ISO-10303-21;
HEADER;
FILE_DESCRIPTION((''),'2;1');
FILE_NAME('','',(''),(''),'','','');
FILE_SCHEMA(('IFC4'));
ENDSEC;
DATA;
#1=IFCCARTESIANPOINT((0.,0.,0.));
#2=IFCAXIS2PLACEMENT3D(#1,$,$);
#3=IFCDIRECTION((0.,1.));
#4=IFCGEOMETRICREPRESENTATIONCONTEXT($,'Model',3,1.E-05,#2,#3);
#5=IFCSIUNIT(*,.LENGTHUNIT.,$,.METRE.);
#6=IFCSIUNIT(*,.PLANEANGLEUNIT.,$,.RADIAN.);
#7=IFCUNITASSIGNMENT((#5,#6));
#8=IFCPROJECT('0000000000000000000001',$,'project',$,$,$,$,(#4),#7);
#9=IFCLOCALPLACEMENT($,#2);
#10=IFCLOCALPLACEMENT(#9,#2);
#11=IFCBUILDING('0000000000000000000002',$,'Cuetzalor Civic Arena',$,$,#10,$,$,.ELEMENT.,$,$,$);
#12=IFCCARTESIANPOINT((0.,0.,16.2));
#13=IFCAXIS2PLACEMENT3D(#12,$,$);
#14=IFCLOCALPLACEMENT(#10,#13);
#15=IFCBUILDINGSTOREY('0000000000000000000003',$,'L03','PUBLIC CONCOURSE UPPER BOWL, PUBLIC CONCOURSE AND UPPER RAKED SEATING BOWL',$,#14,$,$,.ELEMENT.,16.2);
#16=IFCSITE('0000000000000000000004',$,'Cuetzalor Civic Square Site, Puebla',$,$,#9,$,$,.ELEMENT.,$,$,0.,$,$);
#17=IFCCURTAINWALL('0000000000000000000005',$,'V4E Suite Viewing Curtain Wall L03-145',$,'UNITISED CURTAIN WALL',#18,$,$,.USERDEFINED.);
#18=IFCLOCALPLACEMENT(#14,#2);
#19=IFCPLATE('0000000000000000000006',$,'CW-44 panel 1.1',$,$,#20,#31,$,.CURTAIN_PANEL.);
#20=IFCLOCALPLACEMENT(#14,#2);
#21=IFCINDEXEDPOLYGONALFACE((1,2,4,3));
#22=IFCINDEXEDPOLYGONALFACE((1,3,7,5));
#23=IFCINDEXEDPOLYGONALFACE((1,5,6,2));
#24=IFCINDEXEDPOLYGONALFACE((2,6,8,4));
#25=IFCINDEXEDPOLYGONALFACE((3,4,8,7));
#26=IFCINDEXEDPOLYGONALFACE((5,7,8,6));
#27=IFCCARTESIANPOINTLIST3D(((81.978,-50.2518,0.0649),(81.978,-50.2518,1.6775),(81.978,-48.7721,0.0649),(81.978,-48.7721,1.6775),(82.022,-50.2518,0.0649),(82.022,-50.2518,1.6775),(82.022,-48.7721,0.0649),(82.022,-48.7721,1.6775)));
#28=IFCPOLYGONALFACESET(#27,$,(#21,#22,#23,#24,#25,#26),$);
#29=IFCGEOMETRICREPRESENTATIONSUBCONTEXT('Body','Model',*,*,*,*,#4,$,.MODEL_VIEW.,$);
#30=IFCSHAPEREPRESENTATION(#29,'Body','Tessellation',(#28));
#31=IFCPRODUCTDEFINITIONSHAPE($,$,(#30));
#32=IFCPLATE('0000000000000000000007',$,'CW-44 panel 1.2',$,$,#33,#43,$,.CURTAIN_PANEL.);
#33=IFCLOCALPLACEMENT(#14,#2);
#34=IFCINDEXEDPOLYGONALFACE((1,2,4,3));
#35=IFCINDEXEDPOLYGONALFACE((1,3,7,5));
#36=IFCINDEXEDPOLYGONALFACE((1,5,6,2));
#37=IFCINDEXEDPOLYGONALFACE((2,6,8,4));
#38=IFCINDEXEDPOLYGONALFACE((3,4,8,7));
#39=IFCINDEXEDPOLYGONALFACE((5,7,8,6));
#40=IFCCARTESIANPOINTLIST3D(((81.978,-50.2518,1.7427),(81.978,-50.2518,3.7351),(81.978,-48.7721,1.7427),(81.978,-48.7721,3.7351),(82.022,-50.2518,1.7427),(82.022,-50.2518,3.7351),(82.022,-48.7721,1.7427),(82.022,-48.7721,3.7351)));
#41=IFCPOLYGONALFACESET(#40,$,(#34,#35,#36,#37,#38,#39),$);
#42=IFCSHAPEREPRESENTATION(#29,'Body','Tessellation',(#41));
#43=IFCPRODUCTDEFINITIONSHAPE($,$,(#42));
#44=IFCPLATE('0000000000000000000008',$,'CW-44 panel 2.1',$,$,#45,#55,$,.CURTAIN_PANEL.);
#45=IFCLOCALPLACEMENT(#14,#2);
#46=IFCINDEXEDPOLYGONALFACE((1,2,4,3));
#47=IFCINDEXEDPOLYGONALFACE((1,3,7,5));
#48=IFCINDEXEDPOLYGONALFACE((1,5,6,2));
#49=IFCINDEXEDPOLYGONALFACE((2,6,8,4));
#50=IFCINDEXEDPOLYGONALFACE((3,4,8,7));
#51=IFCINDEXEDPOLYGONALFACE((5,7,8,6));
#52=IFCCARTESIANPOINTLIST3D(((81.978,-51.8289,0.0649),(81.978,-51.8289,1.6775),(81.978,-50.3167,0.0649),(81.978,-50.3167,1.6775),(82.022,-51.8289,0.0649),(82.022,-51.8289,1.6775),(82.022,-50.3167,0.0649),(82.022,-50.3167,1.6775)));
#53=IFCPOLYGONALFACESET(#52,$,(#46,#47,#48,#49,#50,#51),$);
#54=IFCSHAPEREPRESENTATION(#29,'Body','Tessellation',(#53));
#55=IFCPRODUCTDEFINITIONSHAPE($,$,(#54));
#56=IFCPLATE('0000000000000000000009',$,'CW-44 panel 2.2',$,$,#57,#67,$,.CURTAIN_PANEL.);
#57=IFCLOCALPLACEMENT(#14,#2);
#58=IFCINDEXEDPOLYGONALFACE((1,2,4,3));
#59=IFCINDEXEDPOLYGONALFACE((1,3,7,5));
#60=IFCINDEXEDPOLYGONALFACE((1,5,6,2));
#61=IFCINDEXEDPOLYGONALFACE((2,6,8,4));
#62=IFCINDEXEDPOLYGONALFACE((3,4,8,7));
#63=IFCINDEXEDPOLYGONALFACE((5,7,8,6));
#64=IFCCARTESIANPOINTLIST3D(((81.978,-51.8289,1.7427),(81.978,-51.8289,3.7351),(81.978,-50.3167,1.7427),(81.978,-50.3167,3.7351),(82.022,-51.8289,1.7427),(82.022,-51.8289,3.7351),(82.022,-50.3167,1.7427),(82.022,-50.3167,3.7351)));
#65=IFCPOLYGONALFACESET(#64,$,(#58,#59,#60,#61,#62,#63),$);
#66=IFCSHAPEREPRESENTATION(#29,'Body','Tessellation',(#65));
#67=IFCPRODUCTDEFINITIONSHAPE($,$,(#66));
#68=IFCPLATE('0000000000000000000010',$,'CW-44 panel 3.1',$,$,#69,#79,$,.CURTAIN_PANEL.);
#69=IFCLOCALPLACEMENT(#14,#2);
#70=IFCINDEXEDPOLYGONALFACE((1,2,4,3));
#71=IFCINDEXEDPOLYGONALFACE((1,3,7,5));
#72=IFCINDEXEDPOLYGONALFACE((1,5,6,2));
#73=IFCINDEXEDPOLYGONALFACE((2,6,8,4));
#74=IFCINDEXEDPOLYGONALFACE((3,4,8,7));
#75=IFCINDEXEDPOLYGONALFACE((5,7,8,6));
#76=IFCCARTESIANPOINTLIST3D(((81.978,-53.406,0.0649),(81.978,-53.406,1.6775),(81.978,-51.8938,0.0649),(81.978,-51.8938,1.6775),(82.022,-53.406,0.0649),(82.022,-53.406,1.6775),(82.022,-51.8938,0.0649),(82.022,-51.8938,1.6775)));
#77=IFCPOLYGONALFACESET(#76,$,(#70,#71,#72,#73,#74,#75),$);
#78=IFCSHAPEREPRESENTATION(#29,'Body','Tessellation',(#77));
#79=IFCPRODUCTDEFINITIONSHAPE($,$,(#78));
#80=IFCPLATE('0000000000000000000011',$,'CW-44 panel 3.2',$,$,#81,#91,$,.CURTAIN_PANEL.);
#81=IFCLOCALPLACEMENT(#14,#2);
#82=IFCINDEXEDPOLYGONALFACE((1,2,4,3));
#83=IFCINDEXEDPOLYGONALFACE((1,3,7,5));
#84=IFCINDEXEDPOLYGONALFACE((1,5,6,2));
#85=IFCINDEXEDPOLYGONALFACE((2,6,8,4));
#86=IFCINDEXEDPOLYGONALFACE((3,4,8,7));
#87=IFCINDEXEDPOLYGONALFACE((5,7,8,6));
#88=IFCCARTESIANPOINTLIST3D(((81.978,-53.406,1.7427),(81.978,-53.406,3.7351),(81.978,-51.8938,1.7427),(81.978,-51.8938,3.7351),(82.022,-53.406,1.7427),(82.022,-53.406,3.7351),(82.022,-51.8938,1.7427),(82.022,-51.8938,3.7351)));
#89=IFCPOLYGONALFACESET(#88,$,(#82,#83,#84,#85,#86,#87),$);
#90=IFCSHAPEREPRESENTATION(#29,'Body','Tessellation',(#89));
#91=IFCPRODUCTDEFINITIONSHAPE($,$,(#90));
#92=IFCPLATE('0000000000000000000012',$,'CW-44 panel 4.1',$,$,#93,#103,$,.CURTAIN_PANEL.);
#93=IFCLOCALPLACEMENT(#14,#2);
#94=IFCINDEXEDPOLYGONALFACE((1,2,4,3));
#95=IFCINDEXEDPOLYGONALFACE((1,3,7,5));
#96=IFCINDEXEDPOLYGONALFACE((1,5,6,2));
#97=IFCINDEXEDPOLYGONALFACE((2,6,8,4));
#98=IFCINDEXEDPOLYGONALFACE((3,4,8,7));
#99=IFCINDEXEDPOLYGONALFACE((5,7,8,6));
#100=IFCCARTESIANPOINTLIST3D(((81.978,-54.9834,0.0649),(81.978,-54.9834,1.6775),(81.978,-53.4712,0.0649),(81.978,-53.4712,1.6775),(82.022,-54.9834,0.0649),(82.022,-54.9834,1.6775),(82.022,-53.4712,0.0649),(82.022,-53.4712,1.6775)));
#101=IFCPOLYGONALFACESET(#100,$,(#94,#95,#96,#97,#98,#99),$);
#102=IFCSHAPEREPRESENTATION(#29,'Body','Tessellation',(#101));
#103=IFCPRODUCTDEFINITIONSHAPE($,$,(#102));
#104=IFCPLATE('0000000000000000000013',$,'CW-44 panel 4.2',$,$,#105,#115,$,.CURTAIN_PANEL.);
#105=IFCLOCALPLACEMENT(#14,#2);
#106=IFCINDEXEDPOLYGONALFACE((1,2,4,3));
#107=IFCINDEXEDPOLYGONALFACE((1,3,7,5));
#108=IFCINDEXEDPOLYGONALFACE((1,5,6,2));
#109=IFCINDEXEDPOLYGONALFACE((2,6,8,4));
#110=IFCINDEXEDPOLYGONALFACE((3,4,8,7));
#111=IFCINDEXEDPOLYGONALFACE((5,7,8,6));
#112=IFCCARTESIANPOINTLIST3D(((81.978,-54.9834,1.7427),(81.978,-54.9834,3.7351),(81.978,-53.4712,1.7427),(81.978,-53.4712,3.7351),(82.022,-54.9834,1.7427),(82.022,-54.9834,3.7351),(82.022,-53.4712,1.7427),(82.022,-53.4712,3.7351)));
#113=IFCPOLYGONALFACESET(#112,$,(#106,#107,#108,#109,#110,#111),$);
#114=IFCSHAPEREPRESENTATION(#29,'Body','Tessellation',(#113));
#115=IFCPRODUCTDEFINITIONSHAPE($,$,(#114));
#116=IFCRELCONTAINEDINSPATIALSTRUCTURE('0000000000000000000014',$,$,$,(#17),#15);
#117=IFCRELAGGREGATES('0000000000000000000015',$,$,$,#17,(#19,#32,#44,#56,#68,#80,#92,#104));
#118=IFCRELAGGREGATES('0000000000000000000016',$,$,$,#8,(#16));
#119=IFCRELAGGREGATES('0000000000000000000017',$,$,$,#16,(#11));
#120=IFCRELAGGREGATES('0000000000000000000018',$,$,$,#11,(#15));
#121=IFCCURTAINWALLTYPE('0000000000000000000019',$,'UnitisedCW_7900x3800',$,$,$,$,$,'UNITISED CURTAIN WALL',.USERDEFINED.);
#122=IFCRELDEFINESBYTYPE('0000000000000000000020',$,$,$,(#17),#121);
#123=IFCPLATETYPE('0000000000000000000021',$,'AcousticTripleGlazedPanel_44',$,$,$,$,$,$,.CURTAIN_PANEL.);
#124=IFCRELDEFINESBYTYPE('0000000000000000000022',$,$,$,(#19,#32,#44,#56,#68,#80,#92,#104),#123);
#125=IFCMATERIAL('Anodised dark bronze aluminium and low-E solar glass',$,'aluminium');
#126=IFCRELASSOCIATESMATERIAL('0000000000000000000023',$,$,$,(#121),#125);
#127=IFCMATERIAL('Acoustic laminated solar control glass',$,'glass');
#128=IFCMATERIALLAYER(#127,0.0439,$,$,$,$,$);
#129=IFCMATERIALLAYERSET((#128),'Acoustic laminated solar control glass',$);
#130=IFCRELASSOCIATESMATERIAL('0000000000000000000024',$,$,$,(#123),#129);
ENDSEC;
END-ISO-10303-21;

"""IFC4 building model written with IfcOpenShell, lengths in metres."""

from ifc_helpers import new_model, si_unit, direction, frame, origin, origin_2d, place, context, subcontext, project, spatial, rectangle, extrude, material, layer, layer_set, type_object, element, aggregate, save


model = new_model("IFC4")

# Units and contexts
model_context = context("Model", 3, precision=1e-05, world=origin(), true_north=direction((0.0, 1.0)))
body_context = subcontext(model_context, "Body", "Model", "MODEL_VIEW")
ifc_project = project(units=[si_unit("LENGTHUNIT", "METRE"), si_unit("PLANEANGLEUNIT", "RADIAN")], contexts=[model_context])

# Site, building, storey
site_placement = place(None, origin())
site = spatial("IfcSite", under=ifc_project, at=site_placement, Name="Cuetzalor Civic Square Site, Puebla", CompositionType="ELEMENT", RefElevation=0.0)
building_placement = place(site_placement, origin())
building = spatial("IfcBuilding", under=site, at=building_placement, Name="Cuetzalor Civic Arena", CompositionType="ELEMENT")
storey_placement = place(building_placement, frame((0.0, 0.0, 16.2)))
storey = spatial("IfcBuildingStorey", under=building, at=storey_placement, Name="L03", Description="PUBLIC CONCOURSE UPPER BOWL, PUBLIC CONCOURSE AND UPPER RAKED SEATING BOWL", CompositionType="ELEMENT", Elevation=16.2)

# Curtain wall, plates
ifc_material_1 = material(Name="Anodised dark bronze aluminium and low-E solar glass", Category="aluminium")
curtain_wall_type = type_object("IfcCurtainWallType", Name="UnitisedCW_7900x3800", ElementType="UNITISED CURTAIN WALL", PredefinedType="USERDEFINED", material=ifc_material_1)
curtain_wall_placement = place(storey_placement, origin())
curtain_wall = element("IfcCurtainWall", 1, at=curtain_wall_placement, inside=storey, type_object=curtain_wall_type, Name="V4E Suite Viewing Curtain Wall L03-145", ObjectType="UNITISED CURTAIN WALL", PredefinedType="USERDEFINED")
ifc_material_2 = material(Name="Acoustic laminated solar control glass", Category="glass")
ifc_layer = layer(ifc_material_2, 0.0439)
ifc_layer_set = layer_set([ifc_layer], Name="Acoustic laminated solar control glass")
plate_type = type_object("IfcPlateType", Name="AcousticTripleGlazedPanel_44", PredefinedType="CURTAIN_PANEL", material=ifc_layer_set)
plate_1_placement = place(storey_placement, frame((82.0, -49.512, 0.0649), z_axis=(0.0, 0.0, 1.0), x_axis=(0.0, -1.0, 0.0)))
plate_1 = element("IfcPlate", 2, at=plate_1_placement, type_object=plate_type, Name="CW-44 panel 1.1", PredefinedType="CURTAIN_PANEL", context=body_context, shape_type="SweptSolid", body=[
    extrude(rectangle(XDim=1.4797, YDim=0.0439, at=origin_2d()), origin(), (0.0, 0.0, 1.0), 1.6125),
])
plate_2_placement = place(storey_placement, frame((82.0, -49.512, 1.7427), z_axis=(0.0, 0.0, 1.0), x_axis=(0.0, -1.0, 0.0)))
plate_2 = element("IfcPlate", 3, at=plate_2_placement, type_object=plate_type, Name="CW-44 panel 1.2", PredefinedType="CURTAIN_PANEL", context=body_context, shape_type="SweptSolid", body=[
    extrude(rectangle(XDim=1.4797, YDim=0.0439, at=origin_2d()), origin(), (0.0, 0.0, 1.0), 1.9924),
])
plate_3_placement = place(storey_placement, frame((82.0, -51.0728, 0.0649), z_axis=(0.0, 0.0, 1.0), x_axis=(0.0, -1.0, 0.0)))
plate_3 = element("IfcPlate", 4, at=plate_3_placement, type_object=plate_type, Name="CW-44 panel 2.1", PredefinedType="CURTAIN_PANEL", context=body_context, shape_type="SweptSolid", body=[
    extrude(rectangle(XDim=1.5122, YDim=0.0439, at=origin_2d()), origin(), (0.0, 0.0, 1.0), 1.6125),
])
plate_4_placement = place(storey_placement, frame((82.0, -51.0728, 1.7427), z_axis=(0.0, 0.0, 1.0), x_axis=(0.0, -1.0, 0.0)))
plate_4 = element("IfcPlate", 5, at=plate_4_placement, type_object=plate_type, Name="CW-44 panel 2.2", PredefinedType="CURTAIN_PANEL", context=body_context, shape_type="SweptSolid", body=[
    extrude(rectangle(XDim=1.5122, YDim=0.0439, at=origin_2d()), origin(), (0.0, 0.0, 1.0), 1.9924),
])
plate_5_placement = place(storey_placement, frame((82.0, -52.6499, 0.0649), z_axis=(0.0, 0.0, 1.0), x_axis=(0.0, -1.0, 0.0)))
plate_5 = element("IfcPlate", 6, at=plate_5_placement, type_object=plate_type, Name="CW-44 panel 3.1", PredefinedType="CURTAIN_PANEL", context=body_context, shape_type="SweptSolid", body=[
    extrude(rectangle(XDim=1.5122, YDim=0.0439, at=origin_2d()), origin(), (0.0, 0.0, 1.0), 1.6125),
])
plate_6_placement = place(storey_placement, frame((82.0, -52.6499, 1.7427), z_axis=(0.0, 0.0, 1.0), x_axis=(0.0, -1.0, 0.0)))
plate_6 = element("IfcPlate", 7, at=plate_6_placement, type_object=plate_type, Name="CW-44 panel 3.2", PredefinedType="CURTAIN_PANEL", context=body_context, shape_type="SweptSolid", body=[
    extrude(rectangle(XDim=1.5122, YDim=0.0439, at=origin_2d()), origin(), (0.0, 0.0, 1.0), 1.9924),
])
plate_7_placement = place(storey_placement, frame((82.0, -54.2273, 0.0649), z_axis=(0.0, 0.0, 1.0), x_axis=(0.0, -1.0, 0.0)))
plate_7 = element("IfcPlate", 8, at=plate_7_placement, type_object=plate_type, Name="CW-44 panel 4.1", PredefinedType="CURTAIN_PANEL", context=body_context, shape_type="SweptSolid", body=[
    extrude(rectangle(XDim=1.5122, YDim=0.0439, at=origin_2d()), origin(), (0.0, 0.0, 1.0), 1.6125),
])
plate_8_placement = place(storey_placement, frame((82.0, -54.2273, 1.7427), z_axis=(0.0, 0.0, 1.0), x_axis=(0.0, -1.0, 0.0)))
plate_8 = element("IfcPlate", 9, at=plate_8_placement, type_object=plate_type, Name="CW-44 panel 4.2", PredefinedType="CURTAIN_PANEL", context=body_context, shape_type="SweptSolid", body=[
    extrude(rectangle(XDim=1.5122, YDim=0.0439, at=origin_2d()), origin(), (0.0, 0.0, 1.0), 1.9924),
])
aggregate(curtain_wall, [plate_1, plate_2, plate_3, plate_4, plate_5, plate_6, plate_7, plate_8])

save(model, "model.ifc")
